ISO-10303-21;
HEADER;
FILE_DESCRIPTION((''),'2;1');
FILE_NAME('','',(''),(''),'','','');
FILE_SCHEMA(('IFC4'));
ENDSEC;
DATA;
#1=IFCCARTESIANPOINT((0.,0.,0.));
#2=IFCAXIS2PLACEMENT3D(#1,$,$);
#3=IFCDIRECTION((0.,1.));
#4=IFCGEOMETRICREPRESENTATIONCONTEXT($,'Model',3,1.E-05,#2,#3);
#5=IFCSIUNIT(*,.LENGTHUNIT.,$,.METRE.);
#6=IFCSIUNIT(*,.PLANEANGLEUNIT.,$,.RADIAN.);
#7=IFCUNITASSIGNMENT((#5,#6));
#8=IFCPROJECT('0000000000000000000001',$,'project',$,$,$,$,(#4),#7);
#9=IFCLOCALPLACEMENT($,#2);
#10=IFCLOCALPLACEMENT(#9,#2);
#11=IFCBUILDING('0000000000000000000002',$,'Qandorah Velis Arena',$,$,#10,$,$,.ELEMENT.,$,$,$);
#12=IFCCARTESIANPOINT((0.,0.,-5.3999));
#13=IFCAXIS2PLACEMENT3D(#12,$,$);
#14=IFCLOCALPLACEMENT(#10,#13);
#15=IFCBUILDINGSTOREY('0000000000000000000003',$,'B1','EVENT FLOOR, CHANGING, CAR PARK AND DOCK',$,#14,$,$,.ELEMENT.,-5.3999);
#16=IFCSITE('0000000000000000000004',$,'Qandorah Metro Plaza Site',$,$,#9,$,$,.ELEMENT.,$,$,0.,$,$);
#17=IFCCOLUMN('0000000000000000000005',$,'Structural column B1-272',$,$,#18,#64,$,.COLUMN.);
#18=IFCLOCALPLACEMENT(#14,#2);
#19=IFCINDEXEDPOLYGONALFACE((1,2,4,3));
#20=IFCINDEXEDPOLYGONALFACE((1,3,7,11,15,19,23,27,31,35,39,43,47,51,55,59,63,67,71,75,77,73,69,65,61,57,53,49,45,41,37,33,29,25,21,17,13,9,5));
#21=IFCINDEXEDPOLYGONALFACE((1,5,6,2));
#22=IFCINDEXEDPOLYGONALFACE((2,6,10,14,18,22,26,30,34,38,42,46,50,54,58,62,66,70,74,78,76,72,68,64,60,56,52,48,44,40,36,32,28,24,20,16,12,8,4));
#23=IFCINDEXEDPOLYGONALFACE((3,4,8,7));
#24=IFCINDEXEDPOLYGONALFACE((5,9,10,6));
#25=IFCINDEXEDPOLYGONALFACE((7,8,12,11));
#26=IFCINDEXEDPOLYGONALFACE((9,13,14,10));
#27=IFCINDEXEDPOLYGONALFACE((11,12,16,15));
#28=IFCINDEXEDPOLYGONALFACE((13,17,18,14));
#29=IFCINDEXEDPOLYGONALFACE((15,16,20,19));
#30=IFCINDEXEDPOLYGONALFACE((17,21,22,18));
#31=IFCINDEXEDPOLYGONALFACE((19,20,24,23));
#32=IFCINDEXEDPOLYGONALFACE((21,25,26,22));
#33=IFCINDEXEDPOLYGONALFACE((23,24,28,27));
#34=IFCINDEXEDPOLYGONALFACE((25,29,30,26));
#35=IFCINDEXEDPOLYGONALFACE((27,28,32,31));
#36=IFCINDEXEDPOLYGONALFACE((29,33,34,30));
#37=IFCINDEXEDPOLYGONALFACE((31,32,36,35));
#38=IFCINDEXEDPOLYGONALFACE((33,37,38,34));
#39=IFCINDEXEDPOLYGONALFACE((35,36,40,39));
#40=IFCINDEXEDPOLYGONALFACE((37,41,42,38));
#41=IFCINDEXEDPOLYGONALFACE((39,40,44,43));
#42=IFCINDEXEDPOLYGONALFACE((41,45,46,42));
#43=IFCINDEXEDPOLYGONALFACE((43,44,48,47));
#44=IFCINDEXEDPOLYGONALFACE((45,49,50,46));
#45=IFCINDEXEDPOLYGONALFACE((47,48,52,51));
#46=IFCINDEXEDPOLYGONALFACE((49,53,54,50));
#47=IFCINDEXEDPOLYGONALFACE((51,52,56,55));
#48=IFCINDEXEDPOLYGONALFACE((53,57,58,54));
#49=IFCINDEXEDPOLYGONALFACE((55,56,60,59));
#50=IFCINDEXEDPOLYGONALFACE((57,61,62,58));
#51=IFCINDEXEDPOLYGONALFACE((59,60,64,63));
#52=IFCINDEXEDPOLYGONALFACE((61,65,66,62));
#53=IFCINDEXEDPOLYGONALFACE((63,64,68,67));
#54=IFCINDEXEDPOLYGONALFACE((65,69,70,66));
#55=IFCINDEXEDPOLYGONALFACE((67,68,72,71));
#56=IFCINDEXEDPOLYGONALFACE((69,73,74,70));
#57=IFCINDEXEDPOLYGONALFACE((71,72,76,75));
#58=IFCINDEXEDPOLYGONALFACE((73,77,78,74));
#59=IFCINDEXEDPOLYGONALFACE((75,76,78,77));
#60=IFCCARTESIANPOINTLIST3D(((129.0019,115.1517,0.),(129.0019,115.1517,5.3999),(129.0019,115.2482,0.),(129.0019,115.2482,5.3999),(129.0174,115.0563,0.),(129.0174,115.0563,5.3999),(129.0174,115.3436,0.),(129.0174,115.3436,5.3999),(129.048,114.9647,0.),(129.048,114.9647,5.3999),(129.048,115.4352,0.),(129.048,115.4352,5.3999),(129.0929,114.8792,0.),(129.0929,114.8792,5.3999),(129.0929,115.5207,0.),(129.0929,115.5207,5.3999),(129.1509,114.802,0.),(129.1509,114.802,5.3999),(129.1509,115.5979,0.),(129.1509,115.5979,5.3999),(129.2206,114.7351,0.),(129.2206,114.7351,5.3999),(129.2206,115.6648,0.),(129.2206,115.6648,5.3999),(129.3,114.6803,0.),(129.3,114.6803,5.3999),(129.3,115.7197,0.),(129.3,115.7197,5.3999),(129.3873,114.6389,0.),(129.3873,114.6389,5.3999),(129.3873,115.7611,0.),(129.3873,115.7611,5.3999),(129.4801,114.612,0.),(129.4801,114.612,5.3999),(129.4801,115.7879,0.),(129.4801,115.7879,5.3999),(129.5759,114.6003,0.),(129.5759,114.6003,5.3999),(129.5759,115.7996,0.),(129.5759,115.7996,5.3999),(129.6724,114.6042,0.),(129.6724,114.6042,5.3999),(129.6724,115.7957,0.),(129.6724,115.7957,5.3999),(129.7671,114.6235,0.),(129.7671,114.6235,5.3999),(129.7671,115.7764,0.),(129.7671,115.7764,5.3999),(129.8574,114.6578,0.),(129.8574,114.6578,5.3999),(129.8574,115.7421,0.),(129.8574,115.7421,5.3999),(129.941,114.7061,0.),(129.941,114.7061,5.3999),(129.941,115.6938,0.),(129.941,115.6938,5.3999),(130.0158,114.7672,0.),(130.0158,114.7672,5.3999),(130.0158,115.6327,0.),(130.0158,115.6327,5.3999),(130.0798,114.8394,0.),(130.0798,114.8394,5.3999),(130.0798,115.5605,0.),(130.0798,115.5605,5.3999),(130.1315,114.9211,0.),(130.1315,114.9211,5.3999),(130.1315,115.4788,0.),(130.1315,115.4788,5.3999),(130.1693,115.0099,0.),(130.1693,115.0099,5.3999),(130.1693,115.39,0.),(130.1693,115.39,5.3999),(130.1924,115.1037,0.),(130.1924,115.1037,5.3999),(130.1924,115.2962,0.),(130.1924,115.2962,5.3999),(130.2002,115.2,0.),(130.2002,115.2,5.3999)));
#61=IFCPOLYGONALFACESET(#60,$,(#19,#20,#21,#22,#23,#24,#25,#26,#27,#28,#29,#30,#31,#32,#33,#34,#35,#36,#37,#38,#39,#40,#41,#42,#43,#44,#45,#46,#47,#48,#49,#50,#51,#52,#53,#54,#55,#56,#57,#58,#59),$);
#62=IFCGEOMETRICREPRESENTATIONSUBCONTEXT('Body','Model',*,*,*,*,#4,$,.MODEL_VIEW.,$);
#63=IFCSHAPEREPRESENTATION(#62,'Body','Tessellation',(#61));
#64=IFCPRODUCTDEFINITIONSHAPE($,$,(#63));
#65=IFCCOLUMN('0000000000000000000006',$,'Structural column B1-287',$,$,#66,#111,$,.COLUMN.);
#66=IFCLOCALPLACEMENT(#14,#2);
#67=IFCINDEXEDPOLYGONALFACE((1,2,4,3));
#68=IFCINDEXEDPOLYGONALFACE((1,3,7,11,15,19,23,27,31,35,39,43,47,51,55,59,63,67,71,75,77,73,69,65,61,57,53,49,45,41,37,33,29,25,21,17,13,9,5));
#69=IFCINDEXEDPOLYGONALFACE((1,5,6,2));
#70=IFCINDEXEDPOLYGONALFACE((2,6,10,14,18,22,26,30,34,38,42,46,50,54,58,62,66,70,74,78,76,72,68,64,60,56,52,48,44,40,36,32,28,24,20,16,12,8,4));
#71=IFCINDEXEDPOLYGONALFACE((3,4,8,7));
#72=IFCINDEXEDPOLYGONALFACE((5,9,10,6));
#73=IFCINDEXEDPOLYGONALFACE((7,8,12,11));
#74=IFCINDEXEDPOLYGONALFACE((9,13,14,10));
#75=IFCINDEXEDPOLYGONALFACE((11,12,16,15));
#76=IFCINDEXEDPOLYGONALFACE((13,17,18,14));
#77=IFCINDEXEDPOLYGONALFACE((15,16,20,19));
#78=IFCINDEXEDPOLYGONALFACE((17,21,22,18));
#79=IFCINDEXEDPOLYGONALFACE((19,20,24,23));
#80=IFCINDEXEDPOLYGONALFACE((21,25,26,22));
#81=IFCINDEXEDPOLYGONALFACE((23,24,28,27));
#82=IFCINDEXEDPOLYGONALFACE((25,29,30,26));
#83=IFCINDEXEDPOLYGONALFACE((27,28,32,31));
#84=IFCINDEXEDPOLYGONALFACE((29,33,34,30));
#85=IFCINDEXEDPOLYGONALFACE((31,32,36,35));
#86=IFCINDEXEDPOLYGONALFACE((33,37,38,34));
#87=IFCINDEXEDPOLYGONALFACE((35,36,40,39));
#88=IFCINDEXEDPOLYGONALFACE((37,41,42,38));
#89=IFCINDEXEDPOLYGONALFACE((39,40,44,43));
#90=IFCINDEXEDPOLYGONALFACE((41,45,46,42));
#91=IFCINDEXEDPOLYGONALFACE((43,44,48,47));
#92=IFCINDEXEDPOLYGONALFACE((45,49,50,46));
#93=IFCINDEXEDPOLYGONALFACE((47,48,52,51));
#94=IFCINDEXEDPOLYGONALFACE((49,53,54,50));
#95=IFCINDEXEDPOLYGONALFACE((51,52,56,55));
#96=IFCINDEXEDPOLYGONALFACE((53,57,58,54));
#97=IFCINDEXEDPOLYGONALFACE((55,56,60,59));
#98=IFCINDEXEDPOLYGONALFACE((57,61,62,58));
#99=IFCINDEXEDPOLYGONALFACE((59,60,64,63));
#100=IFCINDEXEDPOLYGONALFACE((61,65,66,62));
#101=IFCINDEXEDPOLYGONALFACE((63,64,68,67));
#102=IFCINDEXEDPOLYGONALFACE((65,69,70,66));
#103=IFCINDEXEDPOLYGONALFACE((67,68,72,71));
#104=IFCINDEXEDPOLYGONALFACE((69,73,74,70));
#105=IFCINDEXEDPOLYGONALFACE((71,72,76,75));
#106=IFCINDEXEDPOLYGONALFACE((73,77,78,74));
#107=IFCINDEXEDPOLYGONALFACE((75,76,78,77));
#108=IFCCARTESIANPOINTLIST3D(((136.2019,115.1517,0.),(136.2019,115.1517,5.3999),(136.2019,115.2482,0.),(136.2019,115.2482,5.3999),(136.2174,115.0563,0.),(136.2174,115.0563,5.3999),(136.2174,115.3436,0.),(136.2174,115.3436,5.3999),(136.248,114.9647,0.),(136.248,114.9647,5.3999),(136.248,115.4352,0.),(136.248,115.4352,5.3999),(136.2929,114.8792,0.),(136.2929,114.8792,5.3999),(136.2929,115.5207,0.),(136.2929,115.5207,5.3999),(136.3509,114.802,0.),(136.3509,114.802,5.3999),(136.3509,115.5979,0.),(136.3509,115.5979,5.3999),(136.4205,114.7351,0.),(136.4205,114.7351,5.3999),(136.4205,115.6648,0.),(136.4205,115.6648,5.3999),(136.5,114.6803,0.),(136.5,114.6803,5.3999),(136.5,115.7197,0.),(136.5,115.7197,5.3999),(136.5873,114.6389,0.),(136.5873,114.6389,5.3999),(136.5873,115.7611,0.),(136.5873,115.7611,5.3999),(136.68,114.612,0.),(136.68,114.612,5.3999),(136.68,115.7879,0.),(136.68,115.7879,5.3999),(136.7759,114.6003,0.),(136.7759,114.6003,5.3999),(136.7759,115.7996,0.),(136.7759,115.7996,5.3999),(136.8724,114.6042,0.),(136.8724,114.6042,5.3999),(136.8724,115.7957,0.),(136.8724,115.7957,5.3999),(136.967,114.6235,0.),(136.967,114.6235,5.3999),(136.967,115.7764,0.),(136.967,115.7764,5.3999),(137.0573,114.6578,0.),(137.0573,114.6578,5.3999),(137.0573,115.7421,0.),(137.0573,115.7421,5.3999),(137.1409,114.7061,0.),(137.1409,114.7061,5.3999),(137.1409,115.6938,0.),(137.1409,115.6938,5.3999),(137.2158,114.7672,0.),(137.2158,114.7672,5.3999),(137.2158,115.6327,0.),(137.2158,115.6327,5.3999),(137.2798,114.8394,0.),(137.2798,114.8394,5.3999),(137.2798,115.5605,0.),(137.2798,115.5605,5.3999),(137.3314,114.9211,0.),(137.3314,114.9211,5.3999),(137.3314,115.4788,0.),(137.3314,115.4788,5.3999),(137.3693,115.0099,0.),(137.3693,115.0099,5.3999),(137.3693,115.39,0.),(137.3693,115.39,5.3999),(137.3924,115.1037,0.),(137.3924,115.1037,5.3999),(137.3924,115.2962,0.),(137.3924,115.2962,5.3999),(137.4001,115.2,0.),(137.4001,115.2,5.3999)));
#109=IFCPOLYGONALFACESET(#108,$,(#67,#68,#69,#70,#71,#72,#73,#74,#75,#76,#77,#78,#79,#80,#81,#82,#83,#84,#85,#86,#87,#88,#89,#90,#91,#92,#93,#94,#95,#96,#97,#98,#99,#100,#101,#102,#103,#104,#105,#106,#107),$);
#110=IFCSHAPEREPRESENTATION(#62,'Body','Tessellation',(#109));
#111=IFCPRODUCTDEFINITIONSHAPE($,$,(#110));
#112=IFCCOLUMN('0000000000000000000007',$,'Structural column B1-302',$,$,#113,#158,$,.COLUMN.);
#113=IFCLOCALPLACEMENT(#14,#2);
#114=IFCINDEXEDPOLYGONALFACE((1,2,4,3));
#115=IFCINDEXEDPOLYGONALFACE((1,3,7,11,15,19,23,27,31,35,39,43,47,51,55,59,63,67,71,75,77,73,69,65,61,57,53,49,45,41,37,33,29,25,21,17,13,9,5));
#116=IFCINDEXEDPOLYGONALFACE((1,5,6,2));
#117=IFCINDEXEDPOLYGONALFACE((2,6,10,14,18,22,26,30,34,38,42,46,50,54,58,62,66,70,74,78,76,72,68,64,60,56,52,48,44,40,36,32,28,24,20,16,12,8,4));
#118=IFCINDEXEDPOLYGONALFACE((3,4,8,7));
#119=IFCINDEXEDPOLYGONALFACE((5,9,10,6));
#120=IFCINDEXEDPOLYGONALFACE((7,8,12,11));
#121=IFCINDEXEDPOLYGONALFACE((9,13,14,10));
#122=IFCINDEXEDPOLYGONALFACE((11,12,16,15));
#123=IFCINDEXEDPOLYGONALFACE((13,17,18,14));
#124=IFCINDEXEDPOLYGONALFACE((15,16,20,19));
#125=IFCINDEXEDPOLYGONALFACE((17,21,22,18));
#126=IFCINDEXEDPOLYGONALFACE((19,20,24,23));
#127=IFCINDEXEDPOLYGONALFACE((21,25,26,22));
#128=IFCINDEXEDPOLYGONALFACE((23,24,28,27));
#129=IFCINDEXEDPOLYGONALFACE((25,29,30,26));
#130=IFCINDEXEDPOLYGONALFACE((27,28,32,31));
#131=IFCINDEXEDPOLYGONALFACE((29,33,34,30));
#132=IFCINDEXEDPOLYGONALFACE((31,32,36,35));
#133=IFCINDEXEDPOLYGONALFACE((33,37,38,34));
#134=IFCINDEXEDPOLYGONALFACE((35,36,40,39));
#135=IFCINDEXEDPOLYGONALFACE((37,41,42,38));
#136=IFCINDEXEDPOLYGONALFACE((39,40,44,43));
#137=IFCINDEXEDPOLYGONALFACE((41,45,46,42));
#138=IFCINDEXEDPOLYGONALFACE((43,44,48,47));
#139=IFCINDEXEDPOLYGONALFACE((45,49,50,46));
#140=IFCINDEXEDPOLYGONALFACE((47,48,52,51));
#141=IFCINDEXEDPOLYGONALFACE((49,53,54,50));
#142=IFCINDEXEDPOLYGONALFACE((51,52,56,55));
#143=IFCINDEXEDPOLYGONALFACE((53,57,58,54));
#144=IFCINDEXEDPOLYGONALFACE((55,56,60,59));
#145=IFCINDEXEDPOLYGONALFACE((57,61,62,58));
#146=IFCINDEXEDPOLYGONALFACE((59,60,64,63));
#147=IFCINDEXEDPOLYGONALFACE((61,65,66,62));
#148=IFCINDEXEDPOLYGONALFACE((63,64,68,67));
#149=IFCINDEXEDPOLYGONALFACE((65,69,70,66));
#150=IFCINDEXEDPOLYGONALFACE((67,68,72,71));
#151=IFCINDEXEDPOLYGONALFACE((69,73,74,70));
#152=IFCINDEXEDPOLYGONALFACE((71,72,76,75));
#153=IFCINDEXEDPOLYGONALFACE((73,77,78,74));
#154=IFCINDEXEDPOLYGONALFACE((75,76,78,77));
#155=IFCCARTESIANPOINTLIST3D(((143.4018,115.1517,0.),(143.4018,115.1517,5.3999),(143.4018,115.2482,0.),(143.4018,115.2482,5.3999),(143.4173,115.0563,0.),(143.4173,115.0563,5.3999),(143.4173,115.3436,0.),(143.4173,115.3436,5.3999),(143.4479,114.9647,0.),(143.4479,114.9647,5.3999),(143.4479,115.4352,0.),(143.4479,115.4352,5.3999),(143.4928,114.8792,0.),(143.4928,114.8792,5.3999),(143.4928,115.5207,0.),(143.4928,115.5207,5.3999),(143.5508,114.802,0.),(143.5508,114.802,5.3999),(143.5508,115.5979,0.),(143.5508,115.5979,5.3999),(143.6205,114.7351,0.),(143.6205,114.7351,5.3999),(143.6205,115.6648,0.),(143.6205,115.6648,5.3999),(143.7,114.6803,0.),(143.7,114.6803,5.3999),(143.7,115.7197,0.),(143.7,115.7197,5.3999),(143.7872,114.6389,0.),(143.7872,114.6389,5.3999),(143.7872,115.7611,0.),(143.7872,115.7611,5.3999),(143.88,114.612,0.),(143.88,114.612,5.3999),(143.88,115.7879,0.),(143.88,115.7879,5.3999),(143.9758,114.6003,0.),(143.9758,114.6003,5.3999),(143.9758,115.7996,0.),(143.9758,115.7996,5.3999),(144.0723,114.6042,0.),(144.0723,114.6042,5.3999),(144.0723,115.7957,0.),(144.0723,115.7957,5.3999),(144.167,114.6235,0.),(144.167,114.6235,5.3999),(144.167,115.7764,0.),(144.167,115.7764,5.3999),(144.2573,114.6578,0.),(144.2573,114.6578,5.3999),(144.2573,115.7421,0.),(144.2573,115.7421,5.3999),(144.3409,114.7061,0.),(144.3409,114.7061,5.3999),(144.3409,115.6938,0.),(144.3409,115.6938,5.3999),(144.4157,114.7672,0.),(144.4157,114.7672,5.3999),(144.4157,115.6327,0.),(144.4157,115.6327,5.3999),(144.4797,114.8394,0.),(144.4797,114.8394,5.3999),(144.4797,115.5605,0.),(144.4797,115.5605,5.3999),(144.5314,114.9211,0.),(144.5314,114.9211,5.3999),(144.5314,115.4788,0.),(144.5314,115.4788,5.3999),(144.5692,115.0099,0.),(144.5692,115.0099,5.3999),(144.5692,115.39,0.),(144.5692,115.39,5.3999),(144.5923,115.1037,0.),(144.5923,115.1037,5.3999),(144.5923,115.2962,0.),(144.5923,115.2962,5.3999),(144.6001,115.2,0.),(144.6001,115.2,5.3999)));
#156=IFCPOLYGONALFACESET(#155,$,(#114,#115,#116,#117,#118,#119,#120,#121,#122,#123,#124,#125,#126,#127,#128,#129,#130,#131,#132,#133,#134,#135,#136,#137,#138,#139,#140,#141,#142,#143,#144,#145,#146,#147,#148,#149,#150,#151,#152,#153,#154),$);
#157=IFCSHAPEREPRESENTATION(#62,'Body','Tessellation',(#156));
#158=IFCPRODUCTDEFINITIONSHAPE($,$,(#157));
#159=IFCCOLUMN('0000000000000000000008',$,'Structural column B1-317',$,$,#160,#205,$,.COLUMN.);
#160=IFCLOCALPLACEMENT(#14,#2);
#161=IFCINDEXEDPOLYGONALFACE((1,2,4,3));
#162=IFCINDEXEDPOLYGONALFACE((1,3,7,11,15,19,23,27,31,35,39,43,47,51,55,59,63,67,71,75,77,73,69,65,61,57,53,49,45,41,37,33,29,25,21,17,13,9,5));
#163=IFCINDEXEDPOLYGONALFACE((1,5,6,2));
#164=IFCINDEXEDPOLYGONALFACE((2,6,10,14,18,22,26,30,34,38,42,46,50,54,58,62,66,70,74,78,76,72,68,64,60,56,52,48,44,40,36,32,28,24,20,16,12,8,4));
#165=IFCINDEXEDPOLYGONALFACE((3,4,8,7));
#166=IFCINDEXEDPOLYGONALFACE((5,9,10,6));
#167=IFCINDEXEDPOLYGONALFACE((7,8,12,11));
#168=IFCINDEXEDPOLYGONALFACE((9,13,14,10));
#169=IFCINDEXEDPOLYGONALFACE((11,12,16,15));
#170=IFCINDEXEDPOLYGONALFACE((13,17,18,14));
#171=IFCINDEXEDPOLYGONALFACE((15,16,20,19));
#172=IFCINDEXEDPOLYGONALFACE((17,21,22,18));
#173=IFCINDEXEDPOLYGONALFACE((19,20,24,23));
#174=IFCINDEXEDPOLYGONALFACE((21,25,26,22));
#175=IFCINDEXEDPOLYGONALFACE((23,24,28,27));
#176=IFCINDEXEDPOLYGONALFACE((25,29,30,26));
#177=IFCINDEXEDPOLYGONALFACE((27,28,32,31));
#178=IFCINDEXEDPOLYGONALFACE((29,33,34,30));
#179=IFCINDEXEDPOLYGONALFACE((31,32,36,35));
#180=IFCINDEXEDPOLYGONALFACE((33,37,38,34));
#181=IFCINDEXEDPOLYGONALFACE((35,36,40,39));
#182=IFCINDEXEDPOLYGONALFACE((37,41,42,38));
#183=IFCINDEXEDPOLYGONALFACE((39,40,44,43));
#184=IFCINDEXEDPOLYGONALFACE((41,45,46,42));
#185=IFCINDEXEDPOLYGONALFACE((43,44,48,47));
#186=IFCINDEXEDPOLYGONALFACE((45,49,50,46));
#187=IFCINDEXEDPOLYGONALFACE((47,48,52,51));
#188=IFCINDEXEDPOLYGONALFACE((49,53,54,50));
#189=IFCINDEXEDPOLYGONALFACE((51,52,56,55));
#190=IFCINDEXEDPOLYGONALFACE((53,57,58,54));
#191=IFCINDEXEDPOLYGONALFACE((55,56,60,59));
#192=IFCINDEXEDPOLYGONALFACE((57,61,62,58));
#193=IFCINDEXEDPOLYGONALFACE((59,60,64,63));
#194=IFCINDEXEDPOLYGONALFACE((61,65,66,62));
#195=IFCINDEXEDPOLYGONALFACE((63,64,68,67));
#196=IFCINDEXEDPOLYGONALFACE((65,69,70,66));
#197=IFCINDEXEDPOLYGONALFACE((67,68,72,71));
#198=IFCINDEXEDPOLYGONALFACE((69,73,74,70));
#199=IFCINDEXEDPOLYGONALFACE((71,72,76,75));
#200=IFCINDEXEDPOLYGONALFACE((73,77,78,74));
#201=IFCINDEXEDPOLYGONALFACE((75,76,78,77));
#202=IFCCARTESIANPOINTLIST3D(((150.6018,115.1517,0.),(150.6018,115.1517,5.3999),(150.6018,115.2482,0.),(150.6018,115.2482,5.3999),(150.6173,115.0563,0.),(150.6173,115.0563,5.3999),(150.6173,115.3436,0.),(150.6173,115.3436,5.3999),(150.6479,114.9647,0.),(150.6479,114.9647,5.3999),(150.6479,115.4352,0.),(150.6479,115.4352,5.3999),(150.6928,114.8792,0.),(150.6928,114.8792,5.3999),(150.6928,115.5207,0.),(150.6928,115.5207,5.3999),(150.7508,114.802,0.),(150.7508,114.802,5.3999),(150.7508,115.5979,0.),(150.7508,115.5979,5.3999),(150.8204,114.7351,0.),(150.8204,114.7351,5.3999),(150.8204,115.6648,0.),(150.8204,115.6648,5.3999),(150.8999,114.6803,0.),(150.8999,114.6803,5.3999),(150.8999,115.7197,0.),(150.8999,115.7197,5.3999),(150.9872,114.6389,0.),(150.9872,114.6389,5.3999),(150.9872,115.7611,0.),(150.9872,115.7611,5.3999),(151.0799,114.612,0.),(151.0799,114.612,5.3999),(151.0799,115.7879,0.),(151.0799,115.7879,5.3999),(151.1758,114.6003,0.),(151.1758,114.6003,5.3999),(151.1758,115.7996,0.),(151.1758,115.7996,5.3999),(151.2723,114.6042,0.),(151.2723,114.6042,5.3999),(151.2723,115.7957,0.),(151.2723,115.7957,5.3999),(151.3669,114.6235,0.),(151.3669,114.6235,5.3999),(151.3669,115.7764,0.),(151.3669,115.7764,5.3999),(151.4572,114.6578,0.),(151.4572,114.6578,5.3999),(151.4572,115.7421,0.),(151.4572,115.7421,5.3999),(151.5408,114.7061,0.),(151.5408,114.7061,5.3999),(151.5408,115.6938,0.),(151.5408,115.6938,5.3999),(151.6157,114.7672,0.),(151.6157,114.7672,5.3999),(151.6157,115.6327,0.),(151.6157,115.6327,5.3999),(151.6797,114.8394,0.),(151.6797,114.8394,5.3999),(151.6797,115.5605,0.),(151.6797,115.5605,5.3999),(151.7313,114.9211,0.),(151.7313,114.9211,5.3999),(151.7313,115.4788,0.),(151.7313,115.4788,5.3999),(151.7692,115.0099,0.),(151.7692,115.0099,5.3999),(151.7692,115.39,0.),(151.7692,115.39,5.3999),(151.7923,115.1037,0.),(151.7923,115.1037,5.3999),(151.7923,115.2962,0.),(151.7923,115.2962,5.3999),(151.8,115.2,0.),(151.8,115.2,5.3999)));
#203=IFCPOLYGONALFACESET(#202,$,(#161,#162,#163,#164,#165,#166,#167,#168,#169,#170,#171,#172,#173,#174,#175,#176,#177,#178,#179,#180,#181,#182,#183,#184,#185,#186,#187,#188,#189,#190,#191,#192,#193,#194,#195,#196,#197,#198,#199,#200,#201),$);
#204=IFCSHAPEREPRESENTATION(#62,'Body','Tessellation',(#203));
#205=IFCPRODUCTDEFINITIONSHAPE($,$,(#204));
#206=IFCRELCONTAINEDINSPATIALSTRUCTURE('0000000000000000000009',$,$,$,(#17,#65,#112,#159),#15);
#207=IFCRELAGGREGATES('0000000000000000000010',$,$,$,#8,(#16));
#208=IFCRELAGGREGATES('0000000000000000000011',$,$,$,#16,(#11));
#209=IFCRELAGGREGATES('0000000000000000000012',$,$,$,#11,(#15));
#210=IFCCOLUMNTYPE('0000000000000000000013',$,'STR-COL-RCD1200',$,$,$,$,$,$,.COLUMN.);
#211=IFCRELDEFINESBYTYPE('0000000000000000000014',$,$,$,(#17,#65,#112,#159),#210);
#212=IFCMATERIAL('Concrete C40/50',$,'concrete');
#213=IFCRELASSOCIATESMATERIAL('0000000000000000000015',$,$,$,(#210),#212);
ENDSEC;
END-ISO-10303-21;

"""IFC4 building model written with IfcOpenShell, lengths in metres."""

from ifc_helpers import new_model, si_unit, direction, frame, origin, origin_2d, place, context, subcontext, project, spatial, circle, extrude, material, material_profile, profile_set, type_object, element, save


model = new_model("IFC4")

# Units and contexts
model_context = context("Model", 3, precision=1e-05, world=origin(), true_north=direction((0.0, 1.0)))
body_context = subcontext(model_context, "Body", "Model", "MODEL_VIEW")
ifc_project = project(units=[si_unit("LENGTHUNIT", "METRE"), si_unit("PLANEANGLEUNIT", "RADIAN")], contexts=[model_context])

# Site, building, storey
site_placement = place(None, origin())
site = spatial("IfcSite", under=ifc_project, at=site_placement, Name="Qandorah Metro Plaza Site", CompositionType="ELEMENT", RefElevation=0.0)
building_placement = place(site_placement, origin())
building = spatial("IfcBuilding", under=site, at=building_placement, Name="Qandorah Velis Arena", CompositionType="ELEMENT")
storey_placement = place(building_placement, frame((0.0, 0.0, -5.3999)))
storey = spatial("IfcBuildingStorey", under=building, at=storey_placement, Name="B1", Description="EVENT FLOOR, CHANGING, CAR PARK AND DOCK", CompositionType="ELEMENT", Elevation=-5.3999)

# Shared definitions
ifc_material_1 = material(Name="Concrete C40/50", Category="concrete")

# Columns
ifc_material_profile_1 = material_profile(ifc_material_1, circle(Radius=0.6001, at=origin_2d()), Name="RC D1200")
ifc_profile_set_1 = profile_set([ifc_material_profile_1], Name="Concrete C40/50")
column_type_1 = type_object("IfcColumnType", Name="STR-COL-RCD1200", PredefinedType="COLUMN", material=ifc_profile_set_1)
for number, where, z_axis, x_axis, name in (
    (1, (129.6001, 115.2, 0.0), (0.0, 0.0, 1.0), (1.0, 0.0, 0.0), "Structural column B1-272"),
    (2, (136.8, 115.2, 0.0), (0.0, 0.0, 1.0), (1.0, 0.0, 0.0), "Structural column B1-287"),
    (3, (144.0, 115.2, 0.0), (0.0, 0.0, 1.0), (1.0, 0.0, 0.0), "Structural column B1-302"),
    (4, (151.2, 115.2, 0.0), (0.0, 0.0, 1.0), (1.0, 0.0, 0.0), "Structural column B1-317"),
):
    element("IfcColumn", number, at=place(storey_placement, frame(where, z_axis=z_axis, x_axis=x_axis)), inside=storey, type_object=column_type_1, Name=name, PredefinedType="COLUMN", context=body_context, shape_type="SweptSolid", body=[
        extrude(circle(Radius=0.6001, at=origin_2d()), origin(), (0.0, 0.0, 1.0), 5.3999),
    ])

save(model, "model.ifc")
